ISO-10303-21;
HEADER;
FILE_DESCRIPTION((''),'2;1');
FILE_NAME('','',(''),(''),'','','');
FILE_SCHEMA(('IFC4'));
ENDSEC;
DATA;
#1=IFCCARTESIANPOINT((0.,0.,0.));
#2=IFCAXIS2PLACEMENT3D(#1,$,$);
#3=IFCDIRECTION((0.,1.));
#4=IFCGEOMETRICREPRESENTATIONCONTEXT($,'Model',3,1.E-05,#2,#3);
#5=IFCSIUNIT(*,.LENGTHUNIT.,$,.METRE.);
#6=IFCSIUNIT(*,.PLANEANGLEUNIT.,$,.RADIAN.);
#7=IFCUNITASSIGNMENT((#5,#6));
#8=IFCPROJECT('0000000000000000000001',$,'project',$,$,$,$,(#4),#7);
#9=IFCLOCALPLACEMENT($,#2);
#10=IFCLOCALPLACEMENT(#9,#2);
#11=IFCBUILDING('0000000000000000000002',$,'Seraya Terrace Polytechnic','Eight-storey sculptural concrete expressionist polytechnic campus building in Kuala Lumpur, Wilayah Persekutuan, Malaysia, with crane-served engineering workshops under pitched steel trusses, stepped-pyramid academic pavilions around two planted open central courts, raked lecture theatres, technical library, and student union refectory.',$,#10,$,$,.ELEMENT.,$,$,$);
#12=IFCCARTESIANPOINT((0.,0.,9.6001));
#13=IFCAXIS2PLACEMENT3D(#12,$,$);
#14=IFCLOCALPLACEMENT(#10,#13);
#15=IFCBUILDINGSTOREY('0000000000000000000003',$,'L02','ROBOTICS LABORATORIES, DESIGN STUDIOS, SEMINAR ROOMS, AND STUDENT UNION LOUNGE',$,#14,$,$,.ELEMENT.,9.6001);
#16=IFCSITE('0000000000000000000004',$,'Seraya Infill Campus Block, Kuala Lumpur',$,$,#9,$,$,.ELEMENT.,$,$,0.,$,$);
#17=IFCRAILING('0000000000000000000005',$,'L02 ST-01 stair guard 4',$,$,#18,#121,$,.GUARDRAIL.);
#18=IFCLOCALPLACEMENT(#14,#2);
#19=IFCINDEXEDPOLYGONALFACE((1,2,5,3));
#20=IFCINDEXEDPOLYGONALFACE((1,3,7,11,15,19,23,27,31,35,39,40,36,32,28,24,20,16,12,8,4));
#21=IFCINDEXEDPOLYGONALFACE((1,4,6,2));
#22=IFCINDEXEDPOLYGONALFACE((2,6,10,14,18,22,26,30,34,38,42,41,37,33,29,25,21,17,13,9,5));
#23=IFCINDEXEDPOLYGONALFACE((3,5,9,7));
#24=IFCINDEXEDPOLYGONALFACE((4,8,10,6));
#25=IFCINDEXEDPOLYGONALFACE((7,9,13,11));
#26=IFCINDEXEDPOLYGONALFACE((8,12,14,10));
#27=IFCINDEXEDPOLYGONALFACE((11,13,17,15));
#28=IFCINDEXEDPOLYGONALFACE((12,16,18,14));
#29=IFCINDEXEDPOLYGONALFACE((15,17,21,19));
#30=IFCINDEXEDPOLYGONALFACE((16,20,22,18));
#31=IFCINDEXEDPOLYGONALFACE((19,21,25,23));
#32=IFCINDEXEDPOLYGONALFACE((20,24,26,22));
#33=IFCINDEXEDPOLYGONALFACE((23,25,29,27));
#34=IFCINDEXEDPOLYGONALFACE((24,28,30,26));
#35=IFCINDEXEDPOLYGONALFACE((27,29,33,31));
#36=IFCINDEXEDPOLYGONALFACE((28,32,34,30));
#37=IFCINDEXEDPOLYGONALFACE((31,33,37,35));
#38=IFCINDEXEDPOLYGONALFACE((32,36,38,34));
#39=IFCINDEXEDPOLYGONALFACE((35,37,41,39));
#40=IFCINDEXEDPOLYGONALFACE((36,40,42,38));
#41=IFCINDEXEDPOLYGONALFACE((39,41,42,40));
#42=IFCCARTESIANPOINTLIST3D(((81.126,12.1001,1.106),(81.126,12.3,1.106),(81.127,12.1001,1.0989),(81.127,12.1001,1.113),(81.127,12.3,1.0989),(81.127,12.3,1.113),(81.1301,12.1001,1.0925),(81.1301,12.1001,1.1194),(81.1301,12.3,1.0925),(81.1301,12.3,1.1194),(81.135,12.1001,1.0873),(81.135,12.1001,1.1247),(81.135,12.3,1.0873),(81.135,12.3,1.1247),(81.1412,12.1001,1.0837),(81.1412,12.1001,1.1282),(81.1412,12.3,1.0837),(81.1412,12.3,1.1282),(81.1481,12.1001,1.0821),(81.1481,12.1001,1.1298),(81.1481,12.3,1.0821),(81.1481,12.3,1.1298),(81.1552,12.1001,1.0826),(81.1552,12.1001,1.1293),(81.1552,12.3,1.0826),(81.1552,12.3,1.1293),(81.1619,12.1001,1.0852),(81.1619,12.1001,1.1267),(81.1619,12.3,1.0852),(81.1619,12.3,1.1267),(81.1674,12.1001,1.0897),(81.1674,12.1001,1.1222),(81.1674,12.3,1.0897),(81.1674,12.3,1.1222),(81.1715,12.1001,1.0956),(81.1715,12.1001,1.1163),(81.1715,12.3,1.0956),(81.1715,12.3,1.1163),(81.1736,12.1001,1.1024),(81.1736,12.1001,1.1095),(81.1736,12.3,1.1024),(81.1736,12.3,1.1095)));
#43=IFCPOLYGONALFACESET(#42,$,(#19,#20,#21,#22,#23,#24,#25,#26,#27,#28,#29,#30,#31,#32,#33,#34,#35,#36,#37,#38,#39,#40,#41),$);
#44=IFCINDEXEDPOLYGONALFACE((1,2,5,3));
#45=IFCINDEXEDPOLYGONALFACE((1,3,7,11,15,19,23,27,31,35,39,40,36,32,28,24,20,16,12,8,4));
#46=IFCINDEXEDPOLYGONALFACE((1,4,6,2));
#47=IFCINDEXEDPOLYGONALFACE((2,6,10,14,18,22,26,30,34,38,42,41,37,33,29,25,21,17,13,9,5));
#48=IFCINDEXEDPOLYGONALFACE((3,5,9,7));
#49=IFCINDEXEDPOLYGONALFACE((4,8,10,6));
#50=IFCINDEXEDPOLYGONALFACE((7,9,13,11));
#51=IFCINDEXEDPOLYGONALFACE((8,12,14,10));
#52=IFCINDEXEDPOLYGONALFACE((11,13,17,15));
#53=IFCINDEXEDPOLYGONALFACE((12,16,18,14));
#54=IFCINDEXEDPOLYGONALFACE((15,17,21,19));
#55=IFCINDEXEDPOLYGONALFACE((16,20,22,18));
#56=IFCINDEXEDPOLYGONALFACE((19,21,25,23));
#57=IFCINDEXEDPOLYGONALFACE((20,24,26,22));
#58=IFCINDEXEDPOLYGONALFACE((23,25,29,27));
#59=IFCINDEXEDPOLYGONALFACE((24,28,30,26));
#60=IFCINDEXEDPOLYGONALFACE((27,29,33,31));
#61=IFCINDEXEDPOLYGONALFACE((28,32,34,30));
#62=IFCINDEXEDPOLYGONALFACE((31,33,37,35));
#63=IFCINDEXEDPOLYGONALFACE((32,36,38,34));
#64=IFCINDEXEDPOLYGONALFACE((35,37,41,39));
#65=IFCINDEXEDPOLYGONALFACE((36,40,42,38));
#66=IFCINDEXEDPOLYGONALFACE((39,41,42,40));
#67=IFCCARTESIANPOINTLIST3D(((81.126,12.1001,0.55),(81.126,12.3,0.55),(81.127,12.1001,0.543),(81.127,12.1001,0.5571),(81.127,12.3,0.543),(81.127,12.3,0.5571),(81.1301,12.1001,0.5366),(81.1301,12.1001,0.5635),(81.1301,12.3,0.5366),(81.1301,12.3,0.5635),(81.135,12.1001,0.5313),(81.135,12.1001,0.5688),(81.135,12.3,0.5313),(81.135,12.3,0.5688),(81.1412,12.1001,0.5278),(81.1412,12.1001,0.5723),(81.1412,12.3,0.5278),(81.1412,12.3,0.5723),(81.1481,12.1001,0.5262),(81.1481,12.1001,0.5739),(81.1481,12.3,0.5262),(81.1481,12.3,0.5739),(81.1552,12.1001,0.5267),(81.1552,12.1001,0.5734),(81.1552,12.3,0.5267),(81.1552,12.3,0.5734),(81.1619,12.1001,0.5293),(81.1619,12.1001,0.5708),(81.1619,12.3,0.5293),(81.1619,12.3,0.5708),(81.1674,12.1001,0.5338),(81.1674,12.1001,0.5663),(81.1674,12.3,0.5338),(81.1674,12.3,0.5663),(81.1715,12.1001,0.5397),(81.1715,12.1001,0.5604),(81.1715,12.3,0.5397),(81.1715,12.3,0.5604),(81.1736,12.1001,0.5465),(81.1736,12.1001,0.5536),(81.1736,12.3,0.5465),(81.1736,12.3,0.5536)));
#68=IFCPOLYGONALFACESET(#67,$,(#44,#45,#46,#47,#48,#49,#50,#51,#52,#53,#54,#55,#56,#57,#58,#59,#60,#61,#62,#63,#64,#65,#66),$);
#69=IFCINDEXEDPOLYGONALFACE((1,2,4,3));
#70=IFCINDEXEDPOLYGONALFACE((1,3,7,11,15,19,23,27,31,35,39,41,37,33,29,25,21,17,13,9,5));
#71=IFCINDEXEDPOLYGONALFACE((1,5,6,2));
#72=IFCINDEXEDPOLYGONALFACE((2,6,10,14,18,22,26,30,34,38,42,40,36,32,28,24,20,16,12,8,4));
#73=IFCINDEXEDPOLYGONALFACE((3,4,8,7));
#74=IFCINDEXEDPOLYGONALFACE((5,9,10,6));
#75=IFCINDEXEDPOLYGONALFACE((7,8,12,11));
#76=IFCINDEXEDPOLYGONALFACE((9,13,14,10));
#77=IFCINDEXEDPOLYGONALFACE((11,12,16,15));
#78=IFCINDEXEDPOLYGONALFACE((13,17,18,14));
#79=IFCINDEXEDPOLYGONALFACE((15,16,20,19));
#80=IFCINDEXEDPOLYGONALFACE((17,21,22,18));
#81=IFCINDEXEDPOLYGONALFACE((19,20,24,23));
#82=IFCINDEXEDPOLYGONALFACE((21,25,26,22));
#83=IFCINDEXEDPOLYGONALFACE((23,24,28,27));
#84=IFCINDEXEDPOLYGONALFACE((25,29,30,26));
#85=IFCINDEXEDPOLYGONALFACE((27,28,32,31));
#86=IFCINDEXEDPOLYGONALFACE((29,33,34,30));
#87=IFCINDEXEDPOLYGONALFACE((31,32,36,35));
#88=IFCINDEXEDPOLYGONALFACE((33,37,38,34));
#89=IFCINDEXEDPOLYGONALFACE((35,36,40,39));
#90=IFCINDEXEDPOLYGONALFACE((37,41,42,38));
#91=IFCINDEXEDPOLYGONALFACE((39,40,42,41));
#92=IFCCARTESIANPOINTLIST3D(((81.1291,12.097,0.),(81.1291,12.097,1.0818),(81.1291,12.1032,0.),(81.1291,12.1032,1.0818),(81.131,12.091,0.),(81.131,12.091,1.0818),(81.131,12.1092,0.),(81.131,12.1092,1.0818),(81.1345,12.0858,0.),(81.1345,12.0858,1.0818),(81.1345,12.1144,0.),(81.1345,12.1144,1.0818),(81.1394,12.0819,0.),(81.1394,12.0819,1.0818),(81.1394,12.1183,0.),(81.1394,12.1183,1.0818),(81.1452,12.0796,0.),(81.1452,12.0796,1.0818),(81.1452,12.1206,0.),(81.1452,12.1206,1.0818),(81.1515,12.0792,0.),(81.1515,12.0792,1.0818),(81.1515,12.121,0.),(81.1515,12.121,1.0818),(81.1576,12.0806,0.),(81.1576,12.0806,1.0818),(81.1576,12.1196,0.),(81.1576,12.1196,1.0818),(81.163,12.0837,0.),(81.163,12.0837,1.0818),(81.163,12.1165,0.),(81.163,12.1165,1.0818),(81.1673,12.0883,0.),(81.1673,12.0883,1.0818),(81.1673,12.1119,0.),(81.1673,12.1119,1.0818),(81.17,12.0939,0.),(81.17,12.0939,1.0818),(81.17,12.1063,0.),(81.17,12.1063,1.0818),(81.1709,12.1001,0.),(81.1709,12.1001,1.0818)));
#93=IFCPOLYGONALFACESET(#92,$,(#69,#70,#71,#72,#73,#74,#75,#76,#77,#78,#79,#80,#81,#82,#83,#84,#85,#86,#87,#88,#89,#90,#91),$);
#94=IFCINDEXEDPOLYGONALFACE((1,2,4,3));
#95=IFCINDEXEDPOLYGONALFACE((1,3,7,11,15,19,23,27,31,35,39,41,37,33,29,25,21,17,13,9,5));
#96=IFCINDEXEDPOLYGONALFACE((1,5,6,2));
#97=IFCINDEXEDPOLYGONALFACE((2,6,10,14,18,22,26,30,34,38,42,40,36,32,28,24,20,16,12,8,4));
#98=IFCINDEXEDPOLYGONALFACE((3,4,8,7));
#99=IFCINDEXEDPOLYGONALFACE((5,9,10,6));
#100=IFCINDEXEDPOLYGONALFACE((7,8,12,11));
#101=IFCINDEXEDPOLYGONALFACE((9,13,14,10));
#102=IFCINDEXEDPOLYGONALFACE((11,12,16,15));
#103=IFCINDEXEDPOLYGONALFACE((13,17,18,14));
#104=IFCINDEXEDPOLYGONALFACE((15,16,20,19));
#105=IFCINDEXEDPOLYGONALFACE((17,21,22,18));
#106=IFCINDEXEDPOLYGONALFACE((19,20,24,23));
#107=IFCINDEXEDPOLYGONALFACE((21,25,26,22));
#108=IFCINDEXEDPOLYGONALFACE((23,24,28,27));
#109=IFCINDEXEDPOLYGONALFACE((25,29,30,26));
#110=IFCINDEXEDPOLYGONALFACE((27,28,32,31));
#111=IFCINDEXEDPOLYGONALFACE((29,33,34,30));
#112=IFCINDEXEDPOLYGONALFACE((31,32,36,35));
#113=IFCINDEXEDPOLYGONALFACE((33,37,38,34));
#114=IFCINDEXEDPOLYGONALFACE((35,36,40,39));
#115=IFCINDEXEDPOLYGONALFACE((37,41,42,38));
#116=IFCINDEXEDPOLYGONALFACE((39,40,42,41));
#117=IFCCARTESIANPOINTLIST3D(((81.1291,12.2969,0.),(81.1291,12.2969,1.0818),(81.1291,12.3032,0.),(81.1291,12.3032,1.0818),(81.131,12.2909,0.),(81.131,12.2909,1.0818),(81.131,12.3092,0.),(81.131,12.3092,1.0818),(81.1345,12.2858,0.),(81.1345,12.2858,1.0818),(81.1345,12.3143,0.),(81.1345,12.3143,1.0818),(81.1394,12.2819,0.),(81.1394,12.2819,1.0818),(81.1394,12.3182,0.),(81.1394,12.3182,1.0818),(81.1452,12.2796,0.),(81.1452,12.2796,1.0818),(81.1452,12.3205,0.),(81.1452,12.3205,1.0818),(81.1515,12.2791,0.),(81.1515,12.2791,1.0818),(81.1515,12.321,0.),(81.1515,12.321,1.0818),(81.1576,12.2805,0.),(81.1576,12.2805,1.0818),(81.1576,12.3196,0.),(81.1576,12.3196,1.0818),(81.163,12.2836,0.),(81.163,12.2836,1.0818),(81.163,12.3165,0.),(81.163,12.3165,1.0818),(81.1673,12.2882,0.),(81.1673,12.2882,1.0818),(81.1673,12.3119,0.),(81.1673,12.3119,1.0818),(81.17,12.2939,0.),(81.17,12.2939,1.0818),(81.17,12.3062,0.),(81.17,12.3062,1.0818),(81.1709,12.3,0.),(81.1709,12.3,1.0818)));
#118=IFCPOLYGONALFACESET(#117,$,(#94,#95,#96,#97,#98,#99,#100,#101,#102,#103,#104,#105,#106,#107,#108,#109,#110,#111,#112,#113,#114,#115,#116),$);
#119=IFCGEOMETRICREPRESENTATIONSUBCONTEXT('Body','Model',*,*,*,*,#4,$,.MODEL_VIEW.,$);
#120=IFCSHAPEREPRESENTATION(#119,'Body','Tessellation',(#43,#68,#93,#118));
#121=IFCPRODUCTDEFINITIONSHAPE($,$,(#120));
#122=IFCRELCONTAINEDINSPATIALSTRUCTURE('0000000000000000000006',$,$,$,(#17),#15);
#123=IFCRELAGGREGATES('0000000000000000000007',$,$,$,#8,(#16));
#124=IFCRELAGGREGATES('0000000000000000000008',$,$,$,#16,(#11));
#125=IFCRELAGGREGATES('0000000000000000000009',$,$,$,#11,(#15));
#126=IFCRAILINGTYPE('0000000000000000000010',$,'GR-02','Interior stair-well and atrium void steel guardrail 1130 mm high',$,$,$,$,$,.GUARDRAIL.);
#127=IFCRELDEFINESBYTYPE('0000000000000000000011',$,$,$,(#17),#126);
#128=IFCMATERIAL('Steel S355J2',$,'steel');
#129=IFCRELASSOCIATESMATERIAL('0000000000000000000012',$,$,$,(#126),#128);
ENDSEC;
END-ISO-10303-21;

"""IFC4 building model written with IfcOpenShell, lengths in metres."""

from ifc_helpers import new_model, si_unit, direction, frame, origin, origin_2d, place, context, subcontext, project, spatial, circle, extrude, material, type_object, element, save


model = new_model("IFC4")

# Units and contexts
model_context = context("Model", 3, precision=1e-05, world=origin(), true_north=direction((0.0, 1.0)))
body_context = subcontext(model_context, "Body", "Model", "MODEL_VIEW")
ifc_project = project(units=[si_unit("LENGTHUNIT", "METRE"), si_unit("PLANEANGLEUNIT", "RADIAN")], contexts=[model_context])

# Site, building, storey
site_placement = place(None, origin())
site = spatial("IfcSite", under=ifc_project, at=site_placement, Name="Seraya Infill Campus Block, Kuala Lumpur", CompositionType="ELEMENT", RefElevation=0.0)
building_placement = place(site_placement, origin())
building = spatial("IfcBuilding", under=site, at=building_placement, Name="Seraya Terrace Polytechnic", Description="Eight-storey sculptural concrete expressionist polytechnic campus building in Kuala Lumpur, Wilayah Persekutuan, Malaysia, with crane-served engineering workshops under pitched steel trusses, stepped-pyramid academic pavilions around two planted open central courts, raked lecture theatres, technical library, and student union refectory.", CompositionType="ELEMENT")
storey_placement = place(building_placement, frame((0.0, 0.0, 9.6001)))
storey = spatial("IfcBuildingStorey", under=building, at=storey_placement, Name="L02", Description="ROBOTICS LABORATORIES, DESIGN STUDIOS, SEMINAR ROOMS, AND STUDENT UNION LOUNGE", CompositionType="ELEMENT", Elevation=9.6001)

# Railing
ifc_material_1 = material(Name="Steel S355J2", Category="steel")
railing_type_1 = type_object("IfcRailingType", Name="GR-02", Description="Interior stair-well and atrium void steel guardrail 1130 mm high", PredefinedType="GUARDRAIL", material=ifc_material_1)
railing_1_placement = place(storey_placement, frame((81.1499, 12.1001, 0.0)))
element("IfcRailing", 1, at=railing_1_placement, inside=storey, type_object=railing_type_1, Name="L02 ST-01 stair guard 4", PredefinedType="GUARDRAIL", context=body_context, shape_type="SweptSolid", body=[
    extrude(circle(Radius=0.0239, at=origin_2d()), frame((0.0, 0.0, 1.106), z_axis=(0.0, 1.0, 0.0), x_axis=(-1.0, 0.0, 0.0)), (0.0, 0.0, 1.0), 0.2),
    extrude(circle(Radius=0.0239, at=origin_2d()), frame((0.0, 0.0, 0.55), z_axis=(0.0, 1.0, 0.0), x_axis=(-1.0, 0.0, 0.0)), (0.0, 0.0, 1.0), 0.2),
    extrude(circle(Radius=0.021, at=origin_2d()), origin(), (0.0, 0.0, 1.0), 1.0818),
    extrude(circle(Radius=0.021, at=origin_2d()), frame((0.0, 0.2, 0.0)), (0.0, 0.0, 1.0), 1.0818),
])

save(model, "model.ifc")
